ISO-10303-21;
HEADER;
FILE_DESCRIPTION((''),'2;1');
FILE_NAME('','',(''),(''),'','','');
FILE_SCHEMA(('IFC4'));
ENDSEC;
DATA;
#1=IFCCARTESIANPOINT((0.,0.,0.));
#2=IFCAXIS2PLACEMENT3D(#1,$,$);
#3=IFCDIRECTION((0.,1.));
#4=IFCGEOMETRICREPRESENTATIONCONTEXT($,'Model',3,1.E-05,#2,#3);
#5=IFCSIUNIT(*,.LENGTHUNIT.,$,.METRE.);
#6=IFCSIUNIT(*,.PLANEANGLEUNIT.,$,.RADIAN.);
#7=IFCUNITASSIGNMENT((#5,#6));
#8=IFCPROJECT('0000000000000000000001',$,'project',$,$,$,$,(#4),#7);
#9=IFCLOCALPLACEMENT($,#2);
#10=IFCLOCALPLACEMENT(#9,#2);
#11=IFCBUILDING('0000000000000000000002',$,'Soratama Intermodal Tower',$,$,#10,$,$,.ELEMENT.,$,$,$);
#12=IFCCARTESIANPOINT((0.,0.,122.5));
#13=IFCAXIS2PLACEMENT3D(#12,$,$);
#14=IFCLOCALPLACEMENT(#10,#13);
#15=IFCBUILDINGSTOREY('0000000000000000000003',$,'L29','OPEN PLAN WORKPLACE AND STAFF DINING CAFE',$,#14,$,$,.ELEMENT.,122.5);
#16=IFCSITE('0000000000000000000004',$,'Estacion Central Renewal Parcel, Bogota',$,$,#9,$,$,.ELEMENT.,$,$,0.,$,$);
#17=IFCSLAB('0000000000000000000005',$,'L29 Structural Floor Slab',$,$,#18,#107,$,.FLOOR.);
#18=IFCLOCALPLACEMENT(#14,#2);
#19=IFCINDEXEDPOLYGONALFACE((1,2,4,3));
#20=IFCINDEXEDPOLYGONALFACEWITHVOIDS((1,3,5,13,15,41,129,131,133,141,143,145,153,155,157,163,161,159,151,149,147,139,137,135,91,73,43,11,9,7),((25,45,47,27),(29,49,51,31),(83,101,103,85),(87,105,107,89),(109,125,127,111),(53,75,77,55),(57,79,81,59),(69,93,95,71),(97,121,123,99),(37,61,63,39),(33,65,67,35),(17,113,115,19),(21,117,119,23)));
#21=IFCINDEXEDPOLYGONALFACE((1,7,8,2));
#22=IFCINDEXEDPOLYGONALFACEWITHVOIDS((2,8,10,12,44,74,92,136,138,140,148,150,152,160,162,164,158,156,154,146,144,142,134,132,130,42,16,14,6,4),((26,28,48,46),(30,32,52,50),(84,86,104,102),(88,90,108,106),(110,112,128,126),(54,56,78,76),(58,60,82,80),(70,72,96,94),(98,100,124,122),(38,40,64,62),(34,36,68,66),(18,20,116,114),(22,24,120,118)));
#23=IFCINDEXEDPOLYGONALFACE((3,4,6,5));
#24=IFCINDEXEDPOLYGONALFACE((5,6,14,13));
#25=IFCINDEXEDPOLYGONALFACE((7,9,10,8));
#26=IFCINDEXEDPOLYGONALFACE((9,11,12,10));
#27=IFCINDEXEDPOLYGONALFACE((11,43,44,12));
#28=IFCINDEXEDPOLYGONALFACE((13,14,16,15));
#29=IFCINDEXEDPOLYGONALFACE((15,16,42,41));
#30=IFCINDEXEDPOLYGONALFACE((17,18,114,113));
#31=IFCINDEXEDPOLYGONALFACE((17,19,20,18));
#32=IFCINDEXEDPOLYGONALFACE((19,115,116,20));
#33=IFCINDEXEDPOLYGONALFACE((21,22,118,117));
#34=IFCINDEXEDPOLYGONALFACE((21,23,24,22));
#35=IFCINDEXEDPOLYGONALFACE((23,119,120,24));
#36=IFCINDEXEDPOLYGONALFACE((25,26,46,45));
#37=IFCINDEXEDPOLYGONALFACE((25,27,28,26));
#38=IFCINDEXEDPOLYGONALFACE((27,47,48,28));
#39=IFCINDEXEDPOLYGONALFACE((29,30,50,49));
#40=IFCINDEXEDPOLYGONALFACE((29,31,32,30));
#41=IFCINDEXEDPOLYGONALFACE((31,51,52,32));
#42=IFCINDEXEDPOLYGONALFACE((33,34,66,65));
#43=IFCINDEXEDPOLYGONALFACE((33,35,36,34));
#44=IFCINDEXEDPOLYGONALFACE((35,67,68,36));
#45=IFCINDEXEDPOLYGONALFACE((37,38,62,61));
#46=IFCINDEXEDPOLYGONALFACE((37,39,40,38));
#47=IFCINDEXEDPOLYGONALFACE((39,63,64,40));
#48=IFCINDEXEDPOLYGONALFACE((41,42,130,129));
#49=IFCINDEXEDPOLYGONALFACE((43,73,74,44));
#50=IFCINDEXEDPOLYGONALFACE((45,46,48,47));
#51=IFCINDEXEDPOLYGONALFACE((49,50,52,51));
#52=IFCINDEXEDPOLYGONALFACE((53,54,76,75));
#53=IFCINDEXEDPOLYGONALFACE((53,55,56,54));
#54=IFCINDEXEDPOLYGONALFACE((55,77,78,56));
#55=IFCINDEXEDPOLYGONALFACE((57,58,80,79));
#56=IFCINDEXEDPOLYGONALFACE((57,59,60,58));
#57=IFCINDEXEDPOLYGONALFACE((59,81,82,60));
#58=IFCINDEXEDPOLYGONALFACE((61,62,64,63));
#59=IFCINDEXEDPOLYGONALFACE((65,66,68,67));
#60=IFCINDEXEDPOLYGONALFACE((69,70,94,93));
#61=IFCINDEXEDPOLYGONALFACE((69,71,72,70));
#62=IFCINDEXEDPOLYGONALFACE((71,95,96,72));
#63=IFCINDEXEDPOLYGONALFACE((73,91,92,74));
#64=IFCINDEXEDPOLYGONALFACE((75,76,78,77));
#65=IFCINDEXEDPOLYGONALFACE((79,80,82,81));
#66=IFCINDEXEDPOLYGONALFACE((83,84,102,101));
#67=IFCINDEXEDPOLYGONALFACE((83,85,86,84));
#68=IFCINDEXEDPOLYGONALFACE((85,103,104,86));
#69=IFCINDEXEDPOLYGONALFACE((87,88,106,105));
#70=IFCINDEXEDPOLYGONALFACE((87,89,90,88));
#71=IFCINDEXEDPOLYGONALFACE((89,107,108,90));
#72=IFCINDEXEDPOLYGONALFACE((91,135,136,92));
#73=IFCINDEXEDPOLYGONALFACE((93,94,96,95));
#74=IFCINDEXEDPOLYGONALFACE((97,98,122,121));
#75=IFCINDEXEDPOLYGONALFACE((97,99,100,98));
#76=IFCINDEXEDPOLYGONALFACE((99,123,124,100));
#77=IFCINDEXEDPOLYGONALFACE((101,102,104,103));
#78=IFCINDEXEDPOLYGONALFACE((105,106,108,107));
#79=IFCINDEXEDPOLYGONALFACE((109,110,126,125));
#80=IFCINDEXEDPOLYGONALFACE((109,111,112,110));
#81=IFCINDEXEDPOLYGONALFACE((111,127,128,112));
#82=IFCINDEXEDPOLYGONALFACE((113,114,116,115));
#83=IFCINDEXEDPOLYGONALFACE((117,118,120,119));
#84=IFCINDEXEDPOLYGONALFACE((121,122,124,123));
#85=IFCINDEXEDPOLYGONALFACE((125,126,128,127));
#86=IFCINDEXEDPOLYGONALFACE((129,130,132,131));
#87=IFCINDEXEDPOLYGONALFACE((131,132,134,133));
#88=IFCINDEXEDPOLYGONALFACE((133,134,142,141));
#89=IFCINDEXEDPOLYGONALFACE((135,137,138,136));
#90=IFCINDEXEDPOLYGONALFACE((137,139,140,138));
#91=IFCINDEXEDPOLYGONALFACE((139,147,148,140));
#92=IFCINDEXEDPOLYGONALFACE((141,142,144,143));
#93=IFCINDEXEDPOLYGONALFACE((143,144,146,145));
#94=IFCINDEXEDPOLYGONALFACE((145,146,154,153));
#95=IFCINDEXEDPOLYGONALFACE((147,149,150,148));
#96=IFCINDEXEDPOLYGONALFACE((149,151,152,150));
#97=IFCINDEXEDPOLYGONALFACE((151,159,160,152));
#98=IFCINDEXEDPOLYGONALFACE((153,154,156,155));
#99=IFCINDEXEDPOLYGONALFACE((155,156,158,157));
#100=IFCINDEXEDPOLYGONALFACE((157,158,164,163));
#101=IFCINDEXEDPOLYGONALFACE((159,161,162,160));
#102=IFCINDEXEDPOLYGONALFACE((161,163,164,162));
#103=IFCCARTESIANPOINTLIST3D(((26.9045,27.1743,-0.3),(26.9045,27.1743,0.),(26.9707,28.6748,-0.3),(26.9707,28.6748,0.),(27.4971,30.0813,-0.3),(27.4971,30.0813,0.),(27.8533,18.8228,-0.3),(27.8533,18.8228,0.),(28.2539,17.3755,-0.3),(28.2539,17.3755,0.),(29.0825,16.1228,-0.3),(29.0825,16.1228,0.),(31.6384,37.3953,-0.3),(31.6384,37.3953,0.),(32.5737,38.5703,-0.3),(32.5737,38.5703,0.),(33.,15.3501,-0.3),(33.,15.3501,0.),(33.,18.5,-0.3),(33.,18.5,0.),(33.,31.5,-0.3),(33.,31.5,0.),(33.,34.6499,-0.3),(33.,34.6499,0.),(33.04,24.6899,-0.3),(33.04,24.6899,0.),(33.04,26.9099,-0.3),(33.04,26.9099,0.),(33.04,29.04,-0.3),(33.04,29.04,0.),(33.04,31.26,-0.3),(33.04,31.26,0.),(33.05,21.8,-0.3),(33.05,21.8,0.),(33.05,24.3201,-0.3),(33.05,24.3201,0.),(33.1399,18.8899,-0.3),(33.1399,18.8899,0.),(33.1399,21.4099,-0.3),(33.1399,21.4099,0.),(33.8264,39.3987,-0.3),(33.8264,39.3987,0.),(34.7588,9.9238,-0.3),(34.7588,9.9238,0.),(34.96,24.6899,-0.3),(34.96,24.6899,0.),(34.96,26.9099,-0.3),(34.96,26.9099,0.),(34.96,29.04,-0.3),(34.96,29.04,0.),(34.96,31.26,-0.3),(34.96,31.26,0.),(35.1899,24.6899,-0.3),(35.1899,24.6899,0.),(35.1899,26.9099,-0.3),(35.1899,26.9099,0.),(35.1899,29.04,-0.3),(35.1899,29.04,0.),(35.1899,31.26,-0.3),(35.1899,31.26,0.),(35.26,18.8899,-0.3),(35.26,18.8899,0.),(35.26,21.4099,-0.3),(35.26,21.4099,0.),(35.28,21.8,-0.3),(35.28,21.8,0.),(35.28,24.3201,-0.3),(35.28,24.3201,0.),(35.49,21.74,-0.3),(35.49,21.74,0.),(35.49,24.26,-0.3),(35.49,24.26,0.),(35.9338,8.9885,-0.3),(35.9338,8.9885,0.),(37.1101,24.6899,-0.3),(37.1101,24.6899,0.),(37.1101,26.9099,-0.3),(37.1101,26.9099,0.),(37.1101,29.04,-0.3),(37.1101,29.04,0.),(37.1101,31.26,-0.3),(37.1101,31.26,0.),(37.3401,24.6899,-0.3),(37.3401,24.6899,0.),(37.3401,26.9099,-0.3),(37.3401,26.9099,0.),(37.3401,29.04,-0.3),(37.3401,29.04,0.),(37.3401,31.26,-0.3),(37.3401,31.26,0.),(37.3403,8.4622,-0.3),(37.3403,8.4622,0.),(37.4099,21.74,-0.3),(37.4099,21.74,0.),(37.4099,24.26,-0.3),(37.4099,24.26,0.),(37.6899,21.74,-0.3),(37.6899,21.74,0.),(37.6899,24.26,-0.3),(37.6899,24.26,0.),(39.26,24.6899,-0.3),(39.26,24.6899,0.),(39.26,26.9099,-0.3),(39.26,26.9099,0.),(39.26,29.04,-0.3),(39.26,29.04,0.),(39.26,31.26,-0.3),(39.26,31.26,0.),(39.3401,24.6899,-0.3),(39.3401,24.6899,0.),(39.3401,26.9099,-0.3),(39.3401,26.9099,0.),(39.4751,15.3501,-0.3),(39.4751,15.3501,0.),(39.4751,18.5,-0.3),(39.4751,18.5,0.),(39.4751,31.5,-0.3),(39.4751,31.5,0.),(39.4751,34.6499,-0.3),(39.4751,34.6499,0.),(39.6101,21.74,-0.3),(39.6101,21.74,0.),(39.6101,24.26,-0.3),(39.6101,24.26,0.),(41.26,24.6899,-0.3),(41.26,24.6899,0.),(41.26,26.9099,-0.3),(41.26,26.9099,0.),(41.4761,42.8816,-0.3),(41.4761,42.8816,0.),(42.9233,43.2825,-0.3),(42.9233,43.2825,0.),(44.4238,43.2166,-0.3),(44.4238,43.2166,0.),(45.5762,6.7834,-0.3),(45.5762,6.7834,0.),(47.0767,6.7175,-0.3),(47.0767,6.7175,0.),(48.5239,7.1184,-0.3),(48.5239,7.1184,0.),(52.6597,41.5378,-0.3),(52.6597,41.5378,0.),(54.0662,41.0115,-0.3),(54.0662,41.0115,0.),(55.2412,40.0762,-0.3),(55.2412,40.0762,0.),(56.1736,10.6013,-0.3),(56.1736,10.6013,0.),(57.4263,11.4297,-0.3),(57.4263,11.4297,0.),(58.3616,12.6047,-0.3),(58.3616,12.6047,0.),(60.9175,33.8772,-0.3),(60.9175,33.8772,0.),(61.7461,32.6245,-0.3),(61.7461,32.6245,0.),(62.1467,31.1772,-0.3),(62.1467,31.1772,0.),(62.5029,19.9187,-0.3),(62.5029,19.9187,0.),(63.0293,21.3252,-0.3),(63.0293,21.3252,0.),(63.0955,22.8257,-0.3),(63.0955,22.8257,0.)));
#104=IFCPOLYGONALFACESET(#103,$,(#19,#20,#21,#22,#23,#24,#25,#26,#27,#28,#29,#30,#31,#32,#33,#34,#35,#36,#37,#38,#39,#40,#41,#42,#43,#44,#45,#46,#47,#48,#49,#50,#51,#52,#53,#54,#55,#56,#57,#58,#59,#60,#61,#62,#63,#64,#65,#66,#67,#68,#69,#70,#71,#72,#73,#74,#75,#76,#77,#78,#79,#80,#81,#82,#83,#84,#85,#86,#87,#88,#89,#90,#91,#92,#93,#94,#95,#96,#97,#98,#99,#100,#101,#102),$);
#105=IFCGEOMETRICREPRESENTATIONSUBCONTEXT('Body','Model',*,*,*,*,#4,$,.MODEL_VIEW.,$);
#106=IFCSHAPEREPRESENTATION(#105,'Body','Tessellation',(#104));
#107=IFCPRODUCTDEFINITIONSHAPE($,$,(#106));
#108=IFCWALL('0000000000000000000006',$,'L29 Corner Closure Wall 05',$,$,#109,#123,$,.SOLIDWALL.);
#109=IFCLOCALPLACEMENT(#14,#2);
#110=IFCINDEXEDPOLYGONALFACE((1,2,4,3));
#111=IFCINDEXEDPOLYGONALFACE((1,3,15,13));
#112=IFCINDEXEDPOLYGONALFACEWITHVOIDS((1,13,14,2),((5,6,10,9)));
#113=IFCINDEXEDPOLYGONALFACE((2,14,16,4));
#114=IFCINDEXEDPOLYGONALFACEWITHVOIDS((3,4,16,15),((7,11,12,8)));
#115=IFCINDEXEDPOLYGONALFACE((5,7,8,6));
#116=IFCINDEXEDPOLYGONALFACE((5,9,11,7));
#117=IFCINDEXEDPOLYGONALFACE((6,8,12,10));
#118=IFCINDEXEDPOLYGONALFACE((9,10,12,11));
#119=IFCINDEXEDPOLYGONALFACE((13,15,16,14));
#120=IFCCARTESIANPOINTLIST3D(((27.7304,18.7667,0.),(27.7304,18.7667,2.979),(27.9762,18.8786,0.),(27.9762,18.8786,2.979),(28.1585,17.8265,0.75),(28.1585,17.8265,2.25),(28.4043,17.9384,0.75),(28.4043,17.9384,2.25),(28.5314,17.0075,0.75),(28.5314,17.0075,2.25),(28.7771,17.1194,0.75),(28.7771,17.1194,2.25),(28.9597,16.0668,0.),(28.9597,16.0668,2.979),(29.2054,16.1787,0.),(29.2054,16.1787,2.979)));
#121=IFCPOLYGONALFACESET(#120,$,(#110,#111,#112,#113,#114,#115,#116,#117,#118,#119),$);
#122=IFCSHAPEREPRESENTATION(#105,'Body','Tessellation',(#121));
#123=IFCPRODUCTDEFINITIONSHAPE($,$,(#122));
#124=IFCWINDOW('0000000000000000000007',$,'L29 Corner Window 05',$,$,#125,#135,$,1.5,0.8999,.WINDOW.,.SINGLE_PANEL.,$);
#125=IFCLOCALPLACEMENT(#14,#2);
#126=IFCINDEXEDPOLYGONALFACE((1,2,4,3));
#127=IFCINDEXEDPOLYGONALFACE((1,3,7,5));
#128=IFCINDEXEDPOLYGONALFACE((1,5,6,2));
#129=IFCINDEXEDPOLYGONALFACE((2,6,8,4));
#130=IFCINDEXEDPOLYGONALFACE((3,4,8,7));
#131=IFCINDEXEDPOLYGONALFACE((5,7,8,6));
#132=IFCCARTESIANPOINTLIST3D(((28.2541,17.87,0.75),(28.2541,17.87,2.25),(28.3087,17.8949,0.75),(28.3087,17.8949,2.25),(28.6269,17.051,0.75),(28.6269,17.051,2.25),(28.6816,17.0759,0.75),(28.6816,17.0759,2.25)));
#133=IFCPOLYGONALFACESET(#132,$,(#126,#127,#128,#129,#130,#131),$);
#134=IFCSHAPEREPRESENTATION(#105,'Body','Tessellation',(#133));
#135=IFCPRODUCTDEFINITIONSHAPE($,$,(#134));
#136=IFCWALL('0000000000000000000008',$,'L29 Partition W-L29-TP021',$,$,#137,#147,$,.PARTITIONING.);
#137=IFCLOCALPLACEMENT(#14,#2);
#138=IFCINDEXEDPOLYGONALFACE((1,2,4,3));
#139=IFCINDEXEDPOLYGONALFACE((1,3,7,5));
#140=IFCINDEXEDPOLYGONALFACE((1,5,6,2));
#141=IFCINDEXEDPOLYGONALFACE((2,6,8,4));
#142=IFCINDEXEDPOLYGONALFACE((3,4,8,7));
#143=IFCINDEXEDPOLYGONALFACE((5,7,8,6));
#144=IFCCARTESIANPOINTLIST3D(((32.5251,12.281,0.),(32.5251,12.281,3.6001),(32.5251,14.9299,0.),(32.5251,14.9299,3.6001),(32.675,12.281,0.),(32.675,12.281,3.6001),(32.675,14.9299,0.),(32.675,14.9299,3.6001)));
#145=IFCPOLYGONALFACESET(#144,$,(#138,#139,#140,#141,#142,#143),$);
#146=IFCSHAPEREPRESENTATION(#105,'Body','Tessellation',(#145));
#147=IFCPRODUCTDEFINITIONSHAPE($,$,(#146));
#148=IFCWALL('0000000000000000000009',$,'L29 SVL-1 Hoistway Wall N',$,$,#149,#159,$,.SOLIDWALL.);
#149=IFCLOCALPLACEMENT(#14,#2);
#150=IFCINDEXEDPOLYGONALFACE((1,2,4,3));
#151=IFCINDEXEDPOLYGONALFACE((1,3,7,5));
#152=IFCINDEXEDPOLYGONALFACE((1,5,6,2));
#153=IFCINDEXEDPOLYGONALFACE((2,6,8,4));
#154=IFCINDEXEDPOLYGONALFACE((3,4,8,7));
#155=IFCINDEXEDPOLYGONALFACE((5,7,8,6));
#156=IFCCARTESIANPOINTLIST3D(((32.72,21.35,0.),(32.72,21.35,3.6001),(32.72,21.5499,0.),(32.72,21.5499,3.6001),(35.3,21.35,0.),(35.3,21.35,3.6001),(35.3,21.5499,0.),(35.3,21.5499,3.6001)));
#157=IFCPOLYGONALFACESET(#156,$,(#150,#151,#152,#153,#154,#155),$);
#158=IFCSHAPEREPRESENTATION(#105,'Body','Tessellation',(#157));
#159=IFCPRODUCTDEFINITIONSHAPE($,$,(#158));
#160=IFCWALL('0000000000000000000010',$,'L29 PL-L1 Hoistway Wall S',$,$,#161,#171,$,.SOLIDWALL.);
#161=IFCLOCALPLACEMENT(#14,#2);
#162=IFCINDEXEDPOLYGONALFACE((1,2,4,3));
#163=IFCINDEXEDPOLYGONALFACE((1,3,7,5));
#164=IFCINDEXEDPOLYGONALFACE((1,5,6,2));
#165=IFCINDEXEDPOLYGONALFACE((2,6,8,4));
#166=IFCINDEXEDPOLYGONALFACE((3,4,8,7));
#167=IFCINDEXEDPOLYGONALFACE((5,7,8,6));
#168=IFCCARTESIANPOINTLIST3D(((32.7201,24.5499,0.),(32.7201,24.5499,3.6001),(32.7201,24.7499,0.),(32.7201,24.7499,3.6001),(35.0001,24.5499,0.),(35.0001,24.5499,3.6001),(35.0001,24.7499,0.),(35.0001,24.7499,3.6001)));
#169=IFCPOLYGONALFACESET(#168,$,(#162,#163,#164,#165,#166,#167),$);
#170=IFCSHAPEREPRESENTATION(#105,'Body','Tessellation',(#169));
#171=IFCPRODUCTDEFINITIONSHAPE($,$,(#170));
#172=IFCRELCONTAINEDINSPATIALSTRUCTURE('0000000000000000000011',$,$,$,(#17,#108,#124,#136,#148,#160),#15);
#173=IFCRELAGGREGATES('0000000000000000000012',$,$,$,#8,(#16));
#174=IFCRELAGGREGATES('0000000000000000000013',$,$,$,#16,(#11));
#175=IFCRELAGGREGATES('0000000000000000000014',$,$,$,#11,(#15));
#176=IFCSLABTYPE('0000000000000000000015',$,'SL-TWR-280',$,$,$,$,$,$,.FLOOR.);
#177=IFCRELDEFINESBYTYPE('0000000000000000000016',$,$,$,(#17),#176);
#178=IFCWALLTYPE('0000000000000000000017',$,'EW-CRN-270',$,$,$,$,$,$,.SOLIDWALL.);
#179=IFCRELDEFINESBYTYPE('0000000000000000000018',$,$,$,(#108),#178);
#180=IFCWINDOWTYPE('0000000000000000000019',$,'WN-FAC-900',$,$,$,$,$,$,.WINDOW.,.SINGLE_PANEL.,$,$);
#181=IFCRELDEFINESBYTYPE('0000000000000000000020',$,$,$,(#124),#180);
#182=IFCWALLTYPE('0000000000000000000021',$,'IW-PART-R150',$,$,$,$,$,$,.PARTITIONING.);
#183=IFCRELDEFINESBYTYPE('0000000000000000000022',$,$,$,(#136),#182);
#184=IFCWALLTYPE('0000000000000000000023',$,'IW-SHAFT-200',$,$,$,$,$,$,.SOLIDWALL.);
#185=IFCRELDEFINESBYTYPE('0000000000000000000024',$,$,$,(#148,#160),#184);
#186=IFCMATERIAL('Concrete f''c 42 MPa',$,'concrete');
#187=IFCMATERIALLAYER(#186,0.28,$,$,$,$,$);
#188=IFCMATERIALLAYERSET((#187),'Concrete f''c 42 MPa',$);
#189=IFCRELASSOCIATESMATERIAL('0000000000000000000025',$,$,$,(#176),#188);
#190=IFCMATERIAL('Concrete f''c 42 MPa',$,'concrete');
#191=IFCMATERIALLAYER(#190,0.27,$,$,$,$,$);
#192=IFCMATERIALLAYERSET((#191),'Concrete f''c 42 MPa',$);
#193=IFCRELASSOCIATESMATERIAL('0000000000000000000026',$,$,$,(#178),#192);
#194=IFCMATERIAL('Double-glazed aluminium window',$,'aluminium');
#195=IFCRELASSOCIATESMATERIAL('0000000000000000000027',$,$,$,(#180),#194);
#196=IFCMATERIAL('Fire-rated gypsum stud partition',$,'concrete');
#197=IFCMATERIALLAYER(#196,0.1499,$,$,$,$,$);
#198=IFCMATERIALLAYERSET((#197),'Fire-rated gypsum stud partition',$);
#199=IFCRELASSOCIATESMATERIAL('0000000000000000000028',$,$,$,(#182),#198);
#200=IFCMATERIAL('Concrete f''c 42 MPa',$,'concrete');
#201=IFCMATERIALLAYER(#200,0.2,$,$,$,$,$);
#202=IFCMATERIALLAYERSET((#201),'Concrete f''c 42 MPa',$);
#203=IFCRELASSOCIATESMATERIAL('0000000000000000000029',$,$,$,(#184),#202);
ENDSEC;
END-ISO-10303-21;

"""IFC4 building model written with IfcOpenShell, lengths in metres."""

from ifc_helpers import new_model, si_unit, direction, frame, frame_2d, origin, place, context, subcontext, project, spatial, polyline, rectangle, outline, extrude, material, layer, layer_set, type_object, element, fill, save


model = new_model("IFC4")

# Units and contexts
model_context = context("Model", 3, precision=1e-05, world=origin(), true_north=direction((0.0, 1.0)))
body_context = subcontext(model_context, "Body", "Model", "MODEL_VIEW")
ifc_project = project(units=[si_unit("LENGTHUNIT", "METRE"), si_unit("PLANEANGLEUNIT", "RADIAN")], contexts=[model_context])

# Site, building, storey
site_placement = place(None, origin())
site = spatial("IfcSite", under=ifc_project, at=site_placement, Name="Estacion Central Renewal Parcel, Bogota", CompositionType="ELEMENT", RefElevation=0.0)
building_placement = place(site_placement, origin())
building = spatial("IfcBuilding", under=site, at=building_placement, Name="Soratama Intermodal Tower", CompositionType="ELEMENT")
storey_placement = place(building_placement, frame((0.0, 0.0, 122.5)))
storey = spatial("IfcBuildingStorey", under=building, at=storey_placement, Name="L29", Description="OPEN PLAN WORKPLACE AND STAFF DINING CAFE", CompositionType="ELEMENT", Elevation=122.5)

# Slab
ifc_material_1 = material(Name="Concrete f'c 42 MPa", Category="concrete")
ifc_layer_1 = layer(ifc_material_1, 0.28)
ifc_layer_set_1 = layer_set([ifc_layer_1], Name="Concrete f'c 42 MPa")
slab_type_1 = type_object("IfcSlabType", Name="SL-TWR-280", PredefinedType="FLOOR", material=ifc_layer_set_1)
slab_1_placement = place(storey_placement, frame((0.0, 0.0, -0.3)))
element("IfcSlab", 1, at=slab_1_placement, inside=storey, type_object=slab_type_1, Name="L29 Structural Floor Slab", PredefinedType="FLOOR", context=body_context, shape_type="SweptSolid", body=[
    extrude(outline(polyline([(62.1467, 31.1772), (61.7461, 32.6245), (60.9175, 33.8772), (55.2412, 40.0762), (54.0662, 41.0115), (52.6597, 41.5378), (44.4238, 43.2166), (42.9233, 43.2825), (41.4761, 42.8816), (33.8264, 39.3987), (32.5737, 38.5703), (31.6384, 37.3953), (27.4971, 30.0813), (26.9707, 28.6748), (26.9045, 27.1743), (27.8533, 18.8228), (28.2539, 17.3755), (29.0825, 16.1228), (34.7588, 9.9238), (35.9338, 8.9885), (37.3403, 8.4622), (45.5762, 6.7834), (47.0767, 6.7175), (48.5239, 7.1184), (56.1736, 10.6013), (57.4263, 11.4297), (58.3616, 12.6047), (62.5029, 19.9187), (63.0293, 21.3252), (63.0955, 22.8257), (62.1467, 31.1772)]), holes=[polyline([(33.0, 18.5), (33.0, 15.3501), (39.4751, 15.3501), (39.4751, 18.5), (33.0, 18.5)]), polyline([(35.26, 18.8899), (35.26, 21.4099), (33.1399, 21.4099), (33.1399, 18.8899), (35.26, 18.8899)]), polyline([(33.05, 21.8), (35.28, 21.8), (35.28, 24.3201), (33.05, 24.3201), (33.05, 21.8)]), polyline([(34.96, 26.9099), (33.04, 26.9099), (33.04, 24.6899), (34.96, 24.6899), (34.96, 26.9099)]), polyline([(37.1101, 24.6899), (37.1101, 26.9099), (35.1899, 26.9099), (35.1899, 24.6899), (37.1101, 24.6899)]), polyline([(34.96, 29.04), (34.96, 31.26), (33.04, 31.26), (33.04, 29.04), (34.96, 29.04)]), polyline([(37.1101, 31.26), (35.1899, 31.26), (35.1899, 29.04), (37.1101, 29.04), (37.1101, 31.26)]), polyline([(37.4099, 21.74), (37.4099, 24.26), (35.49, 24.26), (35.49, 21.74), (37.4099, 21.74)]), polyline([(39.6101, 21.74), (39.6101, 24.26), (37.6899, 24.26), (37.6899, 21.74), (39.6101, 21.74)]), polyline([(39.26, 24.6899), (39.26, 26.9099), (37.3401, 26.9099), (37.3401, 24.6899), (39.26, 24.6899)]), polyline([(41.26, 24.6899), (41.26, 26.9099), (39.3401, 26.9099), (39.3401, 24.6899), (41.26, 24.6899)]), polyline([(39.26, 29.04), (39.26, 31.26), (37.3401, 31.26), (37.3401, 29.04), (39.26, 29.04)]), polyline([(39.4751, 34.6499), (33.0, 34.6499), (33.0, 31.5), (39.4751, 31.5), (39.4751, 34.6499)])]), origin(), (0.0, 0.0, 1.0), 0.3),
])

# Wall, opening, window
ifc_material_2 = material(Name="Concrete f'c 42 MPa", Category="concrete")
ifc_layer_2 = layer(ifc_material_2, 0.27)
ifc_layer_set_2 = layer_set([ifc_layer_2], Name="Concrete f'c 42 MPa")
wall_type_1 = type_object("IfcWallType", Name="EW-CRN-270", PredefinedType="SOLIDWALL", material=ifc_layer_set_2)
wall_1_placement = place(storey_placement, frame((27.8533, 18.8228, 0.0), z_axis=(0.0, 0.0, 1.0), x_axis=(0.414361, -0.910113, 0.0)))
wall_1 = element("IfcWall", 2, at=wall_1_placement, inside=storey, type_object=wall_type_1, Name="L29 Corner Closure Wall 05", PredefinedType="SOLIDWALL", context=body_context, shape_type="SweptSolid", body=[
    extrude(rectangle(XDim=2.9666, YDim=0.27, at=frame_2d((1.4834, 0.0))), origin(), (0.0, 0.0, 1.0), 2.979),
])
opening_placement = place(wall_1_placement, frame((1.0332, 0.0, 0.75)))
opening = element("IfcOpeningElement", 3, at=opening_placement, cuts=wall_1, PredefinedType="OPENING", context=body_context, shape_type="SweptSolid", body=[
    extrude(rectangle(XDim=0.8999, YDim=1.5, at=frame_2d((0.45, 0.75))), frame((0.0, 0.145, 0.0), z_axis=(0.0, -1.0, 0.0), x_axis=(1.0, 0.0, 0.0)), (0.0, 0.0, 1.0), 0.29),
])
ifc_material_3 = material(Name="Double-glazed aluminium window", Category="aluminium")
window_type = type_object("IfcWindowType", Name="WN-FAC-900", PartitioningType="SINGLE_PANEL", PredefinedType="WINDOW", material=ifc_material_3)
window_placement = place(opening_placement, origin())
window = element("IfcWindow", 4, at=window_placement, inside=storey, type_object=window_type, Name="L29 Corner Window 05", OverallHeight=1.5, OverallWidth=0.8999, PartitioningType="SINGLE_PANEL", PredefinedType="WINDOW", context=body_context, shape_type="SweptSolid", body=[
    extrude(rectangle(XDim=0.8999, YDim=1.5, at=frame_2d((0.45, 0.75))), frame((0.0, 0.03, 0.0), z_axis=(0.0, -1.0, 0.0), x_axis=(1.0, 0.0, 0.0)), (0.0, 0.0, 1.0), 0.0601),
])
fill(opening, window)

# Walls
ifc_material_4 = material(Name="Fire-rated gypsum stud partition", Category="concrete")
ifc_layer_3 = layer(ifc_material_4, 0.1499)
ifc_layer_set_3 = layer_set([ifc_layer_3], Name="Fire-rated gypsum stud partition")
wall_type_2 = type_object("IfcWallType", Name="IW-PART-R150", PredefinedType="PARTITIONING", material=ifc_layer_set_3)
wall_2_placement = place(storey_placement, frame((32.6001, 12.281, 0.0), z_axis=(0.0, 0.0, 1.0), x_axis=(0.0, 1.0, 0.0)))
element("IfcWall", 5, at=wall_2_placement, inside=storey, type_object=wall_type_2, Name="L29 Partition W-L29-TP021", PredefinedType="PARTITIONING", context=body_context, shape_type="SweptSolid", body=[
    extrude(rectangle(XDim=2.6489, YDim=0.1499, at=frame_2d((1.3245, 0.0))), origin(), (0.0, 0.0, 1.0), 3.6001),
])
ifc_material_5 = material(Name="Concrete f'c 42 MPa", Category="concrete")
ifc_layer_4 = layer(ifc_material_5, 0.2)
ifc_layer_set_4 = layer_set([ifc_layer_4], Name="Concrete f'c 42 MPa")
wall_type_3 = type_object("IfcWallType", Name="IW-SHAFT-200", PredefinedType="SOLIDWALL", material=ifc_layer_set_4)
wall_3_placement = place(storey_placement, frame((32.72, 21.45, 0.0), z_axis=(0.0, 0.0, 1.0), x_axis=(1.0, 0.0, 0.0)))
element("IfcWall", 6, at=wall_3_placement, inside=storey, type_object=wall_type_3, Name="L29 SVL-1 Hoistway Wall N", PredefinedType="SOLIDWALL", context=body_context, shape_type="SweptSolid", body=[
    extrude(rectangle(XDim=2.5801, YDim=0.2, at=frame_2d((1.29, 0.0))), origin(), (0.0, 0.0, 1.0), 3.6001),
])
wall_4_placement = place(storey_placement, frame((32.72, 24.6499, 0.0), z_axis=(0.0, 0.0, 1.0), x_axis=(1.0, 0.0, 0.0)))
element("IfcWall", 7, at=wall_4_placement, inside=storey, type_object=wall_type_3, Name="L29 PL-L1 Hoistway Wall S", PredefinedType="SOLIDWALL", context=body_context, shape_type="SweptSolid", body=[
    extrude(rectangle(XDim=2.28, YDim=0.2, at=frame_2d((1.1401, 0.0))), origin(), (0.0, 0.0, 1.0), 3.6001),
])

save(model, "model.ifc")
